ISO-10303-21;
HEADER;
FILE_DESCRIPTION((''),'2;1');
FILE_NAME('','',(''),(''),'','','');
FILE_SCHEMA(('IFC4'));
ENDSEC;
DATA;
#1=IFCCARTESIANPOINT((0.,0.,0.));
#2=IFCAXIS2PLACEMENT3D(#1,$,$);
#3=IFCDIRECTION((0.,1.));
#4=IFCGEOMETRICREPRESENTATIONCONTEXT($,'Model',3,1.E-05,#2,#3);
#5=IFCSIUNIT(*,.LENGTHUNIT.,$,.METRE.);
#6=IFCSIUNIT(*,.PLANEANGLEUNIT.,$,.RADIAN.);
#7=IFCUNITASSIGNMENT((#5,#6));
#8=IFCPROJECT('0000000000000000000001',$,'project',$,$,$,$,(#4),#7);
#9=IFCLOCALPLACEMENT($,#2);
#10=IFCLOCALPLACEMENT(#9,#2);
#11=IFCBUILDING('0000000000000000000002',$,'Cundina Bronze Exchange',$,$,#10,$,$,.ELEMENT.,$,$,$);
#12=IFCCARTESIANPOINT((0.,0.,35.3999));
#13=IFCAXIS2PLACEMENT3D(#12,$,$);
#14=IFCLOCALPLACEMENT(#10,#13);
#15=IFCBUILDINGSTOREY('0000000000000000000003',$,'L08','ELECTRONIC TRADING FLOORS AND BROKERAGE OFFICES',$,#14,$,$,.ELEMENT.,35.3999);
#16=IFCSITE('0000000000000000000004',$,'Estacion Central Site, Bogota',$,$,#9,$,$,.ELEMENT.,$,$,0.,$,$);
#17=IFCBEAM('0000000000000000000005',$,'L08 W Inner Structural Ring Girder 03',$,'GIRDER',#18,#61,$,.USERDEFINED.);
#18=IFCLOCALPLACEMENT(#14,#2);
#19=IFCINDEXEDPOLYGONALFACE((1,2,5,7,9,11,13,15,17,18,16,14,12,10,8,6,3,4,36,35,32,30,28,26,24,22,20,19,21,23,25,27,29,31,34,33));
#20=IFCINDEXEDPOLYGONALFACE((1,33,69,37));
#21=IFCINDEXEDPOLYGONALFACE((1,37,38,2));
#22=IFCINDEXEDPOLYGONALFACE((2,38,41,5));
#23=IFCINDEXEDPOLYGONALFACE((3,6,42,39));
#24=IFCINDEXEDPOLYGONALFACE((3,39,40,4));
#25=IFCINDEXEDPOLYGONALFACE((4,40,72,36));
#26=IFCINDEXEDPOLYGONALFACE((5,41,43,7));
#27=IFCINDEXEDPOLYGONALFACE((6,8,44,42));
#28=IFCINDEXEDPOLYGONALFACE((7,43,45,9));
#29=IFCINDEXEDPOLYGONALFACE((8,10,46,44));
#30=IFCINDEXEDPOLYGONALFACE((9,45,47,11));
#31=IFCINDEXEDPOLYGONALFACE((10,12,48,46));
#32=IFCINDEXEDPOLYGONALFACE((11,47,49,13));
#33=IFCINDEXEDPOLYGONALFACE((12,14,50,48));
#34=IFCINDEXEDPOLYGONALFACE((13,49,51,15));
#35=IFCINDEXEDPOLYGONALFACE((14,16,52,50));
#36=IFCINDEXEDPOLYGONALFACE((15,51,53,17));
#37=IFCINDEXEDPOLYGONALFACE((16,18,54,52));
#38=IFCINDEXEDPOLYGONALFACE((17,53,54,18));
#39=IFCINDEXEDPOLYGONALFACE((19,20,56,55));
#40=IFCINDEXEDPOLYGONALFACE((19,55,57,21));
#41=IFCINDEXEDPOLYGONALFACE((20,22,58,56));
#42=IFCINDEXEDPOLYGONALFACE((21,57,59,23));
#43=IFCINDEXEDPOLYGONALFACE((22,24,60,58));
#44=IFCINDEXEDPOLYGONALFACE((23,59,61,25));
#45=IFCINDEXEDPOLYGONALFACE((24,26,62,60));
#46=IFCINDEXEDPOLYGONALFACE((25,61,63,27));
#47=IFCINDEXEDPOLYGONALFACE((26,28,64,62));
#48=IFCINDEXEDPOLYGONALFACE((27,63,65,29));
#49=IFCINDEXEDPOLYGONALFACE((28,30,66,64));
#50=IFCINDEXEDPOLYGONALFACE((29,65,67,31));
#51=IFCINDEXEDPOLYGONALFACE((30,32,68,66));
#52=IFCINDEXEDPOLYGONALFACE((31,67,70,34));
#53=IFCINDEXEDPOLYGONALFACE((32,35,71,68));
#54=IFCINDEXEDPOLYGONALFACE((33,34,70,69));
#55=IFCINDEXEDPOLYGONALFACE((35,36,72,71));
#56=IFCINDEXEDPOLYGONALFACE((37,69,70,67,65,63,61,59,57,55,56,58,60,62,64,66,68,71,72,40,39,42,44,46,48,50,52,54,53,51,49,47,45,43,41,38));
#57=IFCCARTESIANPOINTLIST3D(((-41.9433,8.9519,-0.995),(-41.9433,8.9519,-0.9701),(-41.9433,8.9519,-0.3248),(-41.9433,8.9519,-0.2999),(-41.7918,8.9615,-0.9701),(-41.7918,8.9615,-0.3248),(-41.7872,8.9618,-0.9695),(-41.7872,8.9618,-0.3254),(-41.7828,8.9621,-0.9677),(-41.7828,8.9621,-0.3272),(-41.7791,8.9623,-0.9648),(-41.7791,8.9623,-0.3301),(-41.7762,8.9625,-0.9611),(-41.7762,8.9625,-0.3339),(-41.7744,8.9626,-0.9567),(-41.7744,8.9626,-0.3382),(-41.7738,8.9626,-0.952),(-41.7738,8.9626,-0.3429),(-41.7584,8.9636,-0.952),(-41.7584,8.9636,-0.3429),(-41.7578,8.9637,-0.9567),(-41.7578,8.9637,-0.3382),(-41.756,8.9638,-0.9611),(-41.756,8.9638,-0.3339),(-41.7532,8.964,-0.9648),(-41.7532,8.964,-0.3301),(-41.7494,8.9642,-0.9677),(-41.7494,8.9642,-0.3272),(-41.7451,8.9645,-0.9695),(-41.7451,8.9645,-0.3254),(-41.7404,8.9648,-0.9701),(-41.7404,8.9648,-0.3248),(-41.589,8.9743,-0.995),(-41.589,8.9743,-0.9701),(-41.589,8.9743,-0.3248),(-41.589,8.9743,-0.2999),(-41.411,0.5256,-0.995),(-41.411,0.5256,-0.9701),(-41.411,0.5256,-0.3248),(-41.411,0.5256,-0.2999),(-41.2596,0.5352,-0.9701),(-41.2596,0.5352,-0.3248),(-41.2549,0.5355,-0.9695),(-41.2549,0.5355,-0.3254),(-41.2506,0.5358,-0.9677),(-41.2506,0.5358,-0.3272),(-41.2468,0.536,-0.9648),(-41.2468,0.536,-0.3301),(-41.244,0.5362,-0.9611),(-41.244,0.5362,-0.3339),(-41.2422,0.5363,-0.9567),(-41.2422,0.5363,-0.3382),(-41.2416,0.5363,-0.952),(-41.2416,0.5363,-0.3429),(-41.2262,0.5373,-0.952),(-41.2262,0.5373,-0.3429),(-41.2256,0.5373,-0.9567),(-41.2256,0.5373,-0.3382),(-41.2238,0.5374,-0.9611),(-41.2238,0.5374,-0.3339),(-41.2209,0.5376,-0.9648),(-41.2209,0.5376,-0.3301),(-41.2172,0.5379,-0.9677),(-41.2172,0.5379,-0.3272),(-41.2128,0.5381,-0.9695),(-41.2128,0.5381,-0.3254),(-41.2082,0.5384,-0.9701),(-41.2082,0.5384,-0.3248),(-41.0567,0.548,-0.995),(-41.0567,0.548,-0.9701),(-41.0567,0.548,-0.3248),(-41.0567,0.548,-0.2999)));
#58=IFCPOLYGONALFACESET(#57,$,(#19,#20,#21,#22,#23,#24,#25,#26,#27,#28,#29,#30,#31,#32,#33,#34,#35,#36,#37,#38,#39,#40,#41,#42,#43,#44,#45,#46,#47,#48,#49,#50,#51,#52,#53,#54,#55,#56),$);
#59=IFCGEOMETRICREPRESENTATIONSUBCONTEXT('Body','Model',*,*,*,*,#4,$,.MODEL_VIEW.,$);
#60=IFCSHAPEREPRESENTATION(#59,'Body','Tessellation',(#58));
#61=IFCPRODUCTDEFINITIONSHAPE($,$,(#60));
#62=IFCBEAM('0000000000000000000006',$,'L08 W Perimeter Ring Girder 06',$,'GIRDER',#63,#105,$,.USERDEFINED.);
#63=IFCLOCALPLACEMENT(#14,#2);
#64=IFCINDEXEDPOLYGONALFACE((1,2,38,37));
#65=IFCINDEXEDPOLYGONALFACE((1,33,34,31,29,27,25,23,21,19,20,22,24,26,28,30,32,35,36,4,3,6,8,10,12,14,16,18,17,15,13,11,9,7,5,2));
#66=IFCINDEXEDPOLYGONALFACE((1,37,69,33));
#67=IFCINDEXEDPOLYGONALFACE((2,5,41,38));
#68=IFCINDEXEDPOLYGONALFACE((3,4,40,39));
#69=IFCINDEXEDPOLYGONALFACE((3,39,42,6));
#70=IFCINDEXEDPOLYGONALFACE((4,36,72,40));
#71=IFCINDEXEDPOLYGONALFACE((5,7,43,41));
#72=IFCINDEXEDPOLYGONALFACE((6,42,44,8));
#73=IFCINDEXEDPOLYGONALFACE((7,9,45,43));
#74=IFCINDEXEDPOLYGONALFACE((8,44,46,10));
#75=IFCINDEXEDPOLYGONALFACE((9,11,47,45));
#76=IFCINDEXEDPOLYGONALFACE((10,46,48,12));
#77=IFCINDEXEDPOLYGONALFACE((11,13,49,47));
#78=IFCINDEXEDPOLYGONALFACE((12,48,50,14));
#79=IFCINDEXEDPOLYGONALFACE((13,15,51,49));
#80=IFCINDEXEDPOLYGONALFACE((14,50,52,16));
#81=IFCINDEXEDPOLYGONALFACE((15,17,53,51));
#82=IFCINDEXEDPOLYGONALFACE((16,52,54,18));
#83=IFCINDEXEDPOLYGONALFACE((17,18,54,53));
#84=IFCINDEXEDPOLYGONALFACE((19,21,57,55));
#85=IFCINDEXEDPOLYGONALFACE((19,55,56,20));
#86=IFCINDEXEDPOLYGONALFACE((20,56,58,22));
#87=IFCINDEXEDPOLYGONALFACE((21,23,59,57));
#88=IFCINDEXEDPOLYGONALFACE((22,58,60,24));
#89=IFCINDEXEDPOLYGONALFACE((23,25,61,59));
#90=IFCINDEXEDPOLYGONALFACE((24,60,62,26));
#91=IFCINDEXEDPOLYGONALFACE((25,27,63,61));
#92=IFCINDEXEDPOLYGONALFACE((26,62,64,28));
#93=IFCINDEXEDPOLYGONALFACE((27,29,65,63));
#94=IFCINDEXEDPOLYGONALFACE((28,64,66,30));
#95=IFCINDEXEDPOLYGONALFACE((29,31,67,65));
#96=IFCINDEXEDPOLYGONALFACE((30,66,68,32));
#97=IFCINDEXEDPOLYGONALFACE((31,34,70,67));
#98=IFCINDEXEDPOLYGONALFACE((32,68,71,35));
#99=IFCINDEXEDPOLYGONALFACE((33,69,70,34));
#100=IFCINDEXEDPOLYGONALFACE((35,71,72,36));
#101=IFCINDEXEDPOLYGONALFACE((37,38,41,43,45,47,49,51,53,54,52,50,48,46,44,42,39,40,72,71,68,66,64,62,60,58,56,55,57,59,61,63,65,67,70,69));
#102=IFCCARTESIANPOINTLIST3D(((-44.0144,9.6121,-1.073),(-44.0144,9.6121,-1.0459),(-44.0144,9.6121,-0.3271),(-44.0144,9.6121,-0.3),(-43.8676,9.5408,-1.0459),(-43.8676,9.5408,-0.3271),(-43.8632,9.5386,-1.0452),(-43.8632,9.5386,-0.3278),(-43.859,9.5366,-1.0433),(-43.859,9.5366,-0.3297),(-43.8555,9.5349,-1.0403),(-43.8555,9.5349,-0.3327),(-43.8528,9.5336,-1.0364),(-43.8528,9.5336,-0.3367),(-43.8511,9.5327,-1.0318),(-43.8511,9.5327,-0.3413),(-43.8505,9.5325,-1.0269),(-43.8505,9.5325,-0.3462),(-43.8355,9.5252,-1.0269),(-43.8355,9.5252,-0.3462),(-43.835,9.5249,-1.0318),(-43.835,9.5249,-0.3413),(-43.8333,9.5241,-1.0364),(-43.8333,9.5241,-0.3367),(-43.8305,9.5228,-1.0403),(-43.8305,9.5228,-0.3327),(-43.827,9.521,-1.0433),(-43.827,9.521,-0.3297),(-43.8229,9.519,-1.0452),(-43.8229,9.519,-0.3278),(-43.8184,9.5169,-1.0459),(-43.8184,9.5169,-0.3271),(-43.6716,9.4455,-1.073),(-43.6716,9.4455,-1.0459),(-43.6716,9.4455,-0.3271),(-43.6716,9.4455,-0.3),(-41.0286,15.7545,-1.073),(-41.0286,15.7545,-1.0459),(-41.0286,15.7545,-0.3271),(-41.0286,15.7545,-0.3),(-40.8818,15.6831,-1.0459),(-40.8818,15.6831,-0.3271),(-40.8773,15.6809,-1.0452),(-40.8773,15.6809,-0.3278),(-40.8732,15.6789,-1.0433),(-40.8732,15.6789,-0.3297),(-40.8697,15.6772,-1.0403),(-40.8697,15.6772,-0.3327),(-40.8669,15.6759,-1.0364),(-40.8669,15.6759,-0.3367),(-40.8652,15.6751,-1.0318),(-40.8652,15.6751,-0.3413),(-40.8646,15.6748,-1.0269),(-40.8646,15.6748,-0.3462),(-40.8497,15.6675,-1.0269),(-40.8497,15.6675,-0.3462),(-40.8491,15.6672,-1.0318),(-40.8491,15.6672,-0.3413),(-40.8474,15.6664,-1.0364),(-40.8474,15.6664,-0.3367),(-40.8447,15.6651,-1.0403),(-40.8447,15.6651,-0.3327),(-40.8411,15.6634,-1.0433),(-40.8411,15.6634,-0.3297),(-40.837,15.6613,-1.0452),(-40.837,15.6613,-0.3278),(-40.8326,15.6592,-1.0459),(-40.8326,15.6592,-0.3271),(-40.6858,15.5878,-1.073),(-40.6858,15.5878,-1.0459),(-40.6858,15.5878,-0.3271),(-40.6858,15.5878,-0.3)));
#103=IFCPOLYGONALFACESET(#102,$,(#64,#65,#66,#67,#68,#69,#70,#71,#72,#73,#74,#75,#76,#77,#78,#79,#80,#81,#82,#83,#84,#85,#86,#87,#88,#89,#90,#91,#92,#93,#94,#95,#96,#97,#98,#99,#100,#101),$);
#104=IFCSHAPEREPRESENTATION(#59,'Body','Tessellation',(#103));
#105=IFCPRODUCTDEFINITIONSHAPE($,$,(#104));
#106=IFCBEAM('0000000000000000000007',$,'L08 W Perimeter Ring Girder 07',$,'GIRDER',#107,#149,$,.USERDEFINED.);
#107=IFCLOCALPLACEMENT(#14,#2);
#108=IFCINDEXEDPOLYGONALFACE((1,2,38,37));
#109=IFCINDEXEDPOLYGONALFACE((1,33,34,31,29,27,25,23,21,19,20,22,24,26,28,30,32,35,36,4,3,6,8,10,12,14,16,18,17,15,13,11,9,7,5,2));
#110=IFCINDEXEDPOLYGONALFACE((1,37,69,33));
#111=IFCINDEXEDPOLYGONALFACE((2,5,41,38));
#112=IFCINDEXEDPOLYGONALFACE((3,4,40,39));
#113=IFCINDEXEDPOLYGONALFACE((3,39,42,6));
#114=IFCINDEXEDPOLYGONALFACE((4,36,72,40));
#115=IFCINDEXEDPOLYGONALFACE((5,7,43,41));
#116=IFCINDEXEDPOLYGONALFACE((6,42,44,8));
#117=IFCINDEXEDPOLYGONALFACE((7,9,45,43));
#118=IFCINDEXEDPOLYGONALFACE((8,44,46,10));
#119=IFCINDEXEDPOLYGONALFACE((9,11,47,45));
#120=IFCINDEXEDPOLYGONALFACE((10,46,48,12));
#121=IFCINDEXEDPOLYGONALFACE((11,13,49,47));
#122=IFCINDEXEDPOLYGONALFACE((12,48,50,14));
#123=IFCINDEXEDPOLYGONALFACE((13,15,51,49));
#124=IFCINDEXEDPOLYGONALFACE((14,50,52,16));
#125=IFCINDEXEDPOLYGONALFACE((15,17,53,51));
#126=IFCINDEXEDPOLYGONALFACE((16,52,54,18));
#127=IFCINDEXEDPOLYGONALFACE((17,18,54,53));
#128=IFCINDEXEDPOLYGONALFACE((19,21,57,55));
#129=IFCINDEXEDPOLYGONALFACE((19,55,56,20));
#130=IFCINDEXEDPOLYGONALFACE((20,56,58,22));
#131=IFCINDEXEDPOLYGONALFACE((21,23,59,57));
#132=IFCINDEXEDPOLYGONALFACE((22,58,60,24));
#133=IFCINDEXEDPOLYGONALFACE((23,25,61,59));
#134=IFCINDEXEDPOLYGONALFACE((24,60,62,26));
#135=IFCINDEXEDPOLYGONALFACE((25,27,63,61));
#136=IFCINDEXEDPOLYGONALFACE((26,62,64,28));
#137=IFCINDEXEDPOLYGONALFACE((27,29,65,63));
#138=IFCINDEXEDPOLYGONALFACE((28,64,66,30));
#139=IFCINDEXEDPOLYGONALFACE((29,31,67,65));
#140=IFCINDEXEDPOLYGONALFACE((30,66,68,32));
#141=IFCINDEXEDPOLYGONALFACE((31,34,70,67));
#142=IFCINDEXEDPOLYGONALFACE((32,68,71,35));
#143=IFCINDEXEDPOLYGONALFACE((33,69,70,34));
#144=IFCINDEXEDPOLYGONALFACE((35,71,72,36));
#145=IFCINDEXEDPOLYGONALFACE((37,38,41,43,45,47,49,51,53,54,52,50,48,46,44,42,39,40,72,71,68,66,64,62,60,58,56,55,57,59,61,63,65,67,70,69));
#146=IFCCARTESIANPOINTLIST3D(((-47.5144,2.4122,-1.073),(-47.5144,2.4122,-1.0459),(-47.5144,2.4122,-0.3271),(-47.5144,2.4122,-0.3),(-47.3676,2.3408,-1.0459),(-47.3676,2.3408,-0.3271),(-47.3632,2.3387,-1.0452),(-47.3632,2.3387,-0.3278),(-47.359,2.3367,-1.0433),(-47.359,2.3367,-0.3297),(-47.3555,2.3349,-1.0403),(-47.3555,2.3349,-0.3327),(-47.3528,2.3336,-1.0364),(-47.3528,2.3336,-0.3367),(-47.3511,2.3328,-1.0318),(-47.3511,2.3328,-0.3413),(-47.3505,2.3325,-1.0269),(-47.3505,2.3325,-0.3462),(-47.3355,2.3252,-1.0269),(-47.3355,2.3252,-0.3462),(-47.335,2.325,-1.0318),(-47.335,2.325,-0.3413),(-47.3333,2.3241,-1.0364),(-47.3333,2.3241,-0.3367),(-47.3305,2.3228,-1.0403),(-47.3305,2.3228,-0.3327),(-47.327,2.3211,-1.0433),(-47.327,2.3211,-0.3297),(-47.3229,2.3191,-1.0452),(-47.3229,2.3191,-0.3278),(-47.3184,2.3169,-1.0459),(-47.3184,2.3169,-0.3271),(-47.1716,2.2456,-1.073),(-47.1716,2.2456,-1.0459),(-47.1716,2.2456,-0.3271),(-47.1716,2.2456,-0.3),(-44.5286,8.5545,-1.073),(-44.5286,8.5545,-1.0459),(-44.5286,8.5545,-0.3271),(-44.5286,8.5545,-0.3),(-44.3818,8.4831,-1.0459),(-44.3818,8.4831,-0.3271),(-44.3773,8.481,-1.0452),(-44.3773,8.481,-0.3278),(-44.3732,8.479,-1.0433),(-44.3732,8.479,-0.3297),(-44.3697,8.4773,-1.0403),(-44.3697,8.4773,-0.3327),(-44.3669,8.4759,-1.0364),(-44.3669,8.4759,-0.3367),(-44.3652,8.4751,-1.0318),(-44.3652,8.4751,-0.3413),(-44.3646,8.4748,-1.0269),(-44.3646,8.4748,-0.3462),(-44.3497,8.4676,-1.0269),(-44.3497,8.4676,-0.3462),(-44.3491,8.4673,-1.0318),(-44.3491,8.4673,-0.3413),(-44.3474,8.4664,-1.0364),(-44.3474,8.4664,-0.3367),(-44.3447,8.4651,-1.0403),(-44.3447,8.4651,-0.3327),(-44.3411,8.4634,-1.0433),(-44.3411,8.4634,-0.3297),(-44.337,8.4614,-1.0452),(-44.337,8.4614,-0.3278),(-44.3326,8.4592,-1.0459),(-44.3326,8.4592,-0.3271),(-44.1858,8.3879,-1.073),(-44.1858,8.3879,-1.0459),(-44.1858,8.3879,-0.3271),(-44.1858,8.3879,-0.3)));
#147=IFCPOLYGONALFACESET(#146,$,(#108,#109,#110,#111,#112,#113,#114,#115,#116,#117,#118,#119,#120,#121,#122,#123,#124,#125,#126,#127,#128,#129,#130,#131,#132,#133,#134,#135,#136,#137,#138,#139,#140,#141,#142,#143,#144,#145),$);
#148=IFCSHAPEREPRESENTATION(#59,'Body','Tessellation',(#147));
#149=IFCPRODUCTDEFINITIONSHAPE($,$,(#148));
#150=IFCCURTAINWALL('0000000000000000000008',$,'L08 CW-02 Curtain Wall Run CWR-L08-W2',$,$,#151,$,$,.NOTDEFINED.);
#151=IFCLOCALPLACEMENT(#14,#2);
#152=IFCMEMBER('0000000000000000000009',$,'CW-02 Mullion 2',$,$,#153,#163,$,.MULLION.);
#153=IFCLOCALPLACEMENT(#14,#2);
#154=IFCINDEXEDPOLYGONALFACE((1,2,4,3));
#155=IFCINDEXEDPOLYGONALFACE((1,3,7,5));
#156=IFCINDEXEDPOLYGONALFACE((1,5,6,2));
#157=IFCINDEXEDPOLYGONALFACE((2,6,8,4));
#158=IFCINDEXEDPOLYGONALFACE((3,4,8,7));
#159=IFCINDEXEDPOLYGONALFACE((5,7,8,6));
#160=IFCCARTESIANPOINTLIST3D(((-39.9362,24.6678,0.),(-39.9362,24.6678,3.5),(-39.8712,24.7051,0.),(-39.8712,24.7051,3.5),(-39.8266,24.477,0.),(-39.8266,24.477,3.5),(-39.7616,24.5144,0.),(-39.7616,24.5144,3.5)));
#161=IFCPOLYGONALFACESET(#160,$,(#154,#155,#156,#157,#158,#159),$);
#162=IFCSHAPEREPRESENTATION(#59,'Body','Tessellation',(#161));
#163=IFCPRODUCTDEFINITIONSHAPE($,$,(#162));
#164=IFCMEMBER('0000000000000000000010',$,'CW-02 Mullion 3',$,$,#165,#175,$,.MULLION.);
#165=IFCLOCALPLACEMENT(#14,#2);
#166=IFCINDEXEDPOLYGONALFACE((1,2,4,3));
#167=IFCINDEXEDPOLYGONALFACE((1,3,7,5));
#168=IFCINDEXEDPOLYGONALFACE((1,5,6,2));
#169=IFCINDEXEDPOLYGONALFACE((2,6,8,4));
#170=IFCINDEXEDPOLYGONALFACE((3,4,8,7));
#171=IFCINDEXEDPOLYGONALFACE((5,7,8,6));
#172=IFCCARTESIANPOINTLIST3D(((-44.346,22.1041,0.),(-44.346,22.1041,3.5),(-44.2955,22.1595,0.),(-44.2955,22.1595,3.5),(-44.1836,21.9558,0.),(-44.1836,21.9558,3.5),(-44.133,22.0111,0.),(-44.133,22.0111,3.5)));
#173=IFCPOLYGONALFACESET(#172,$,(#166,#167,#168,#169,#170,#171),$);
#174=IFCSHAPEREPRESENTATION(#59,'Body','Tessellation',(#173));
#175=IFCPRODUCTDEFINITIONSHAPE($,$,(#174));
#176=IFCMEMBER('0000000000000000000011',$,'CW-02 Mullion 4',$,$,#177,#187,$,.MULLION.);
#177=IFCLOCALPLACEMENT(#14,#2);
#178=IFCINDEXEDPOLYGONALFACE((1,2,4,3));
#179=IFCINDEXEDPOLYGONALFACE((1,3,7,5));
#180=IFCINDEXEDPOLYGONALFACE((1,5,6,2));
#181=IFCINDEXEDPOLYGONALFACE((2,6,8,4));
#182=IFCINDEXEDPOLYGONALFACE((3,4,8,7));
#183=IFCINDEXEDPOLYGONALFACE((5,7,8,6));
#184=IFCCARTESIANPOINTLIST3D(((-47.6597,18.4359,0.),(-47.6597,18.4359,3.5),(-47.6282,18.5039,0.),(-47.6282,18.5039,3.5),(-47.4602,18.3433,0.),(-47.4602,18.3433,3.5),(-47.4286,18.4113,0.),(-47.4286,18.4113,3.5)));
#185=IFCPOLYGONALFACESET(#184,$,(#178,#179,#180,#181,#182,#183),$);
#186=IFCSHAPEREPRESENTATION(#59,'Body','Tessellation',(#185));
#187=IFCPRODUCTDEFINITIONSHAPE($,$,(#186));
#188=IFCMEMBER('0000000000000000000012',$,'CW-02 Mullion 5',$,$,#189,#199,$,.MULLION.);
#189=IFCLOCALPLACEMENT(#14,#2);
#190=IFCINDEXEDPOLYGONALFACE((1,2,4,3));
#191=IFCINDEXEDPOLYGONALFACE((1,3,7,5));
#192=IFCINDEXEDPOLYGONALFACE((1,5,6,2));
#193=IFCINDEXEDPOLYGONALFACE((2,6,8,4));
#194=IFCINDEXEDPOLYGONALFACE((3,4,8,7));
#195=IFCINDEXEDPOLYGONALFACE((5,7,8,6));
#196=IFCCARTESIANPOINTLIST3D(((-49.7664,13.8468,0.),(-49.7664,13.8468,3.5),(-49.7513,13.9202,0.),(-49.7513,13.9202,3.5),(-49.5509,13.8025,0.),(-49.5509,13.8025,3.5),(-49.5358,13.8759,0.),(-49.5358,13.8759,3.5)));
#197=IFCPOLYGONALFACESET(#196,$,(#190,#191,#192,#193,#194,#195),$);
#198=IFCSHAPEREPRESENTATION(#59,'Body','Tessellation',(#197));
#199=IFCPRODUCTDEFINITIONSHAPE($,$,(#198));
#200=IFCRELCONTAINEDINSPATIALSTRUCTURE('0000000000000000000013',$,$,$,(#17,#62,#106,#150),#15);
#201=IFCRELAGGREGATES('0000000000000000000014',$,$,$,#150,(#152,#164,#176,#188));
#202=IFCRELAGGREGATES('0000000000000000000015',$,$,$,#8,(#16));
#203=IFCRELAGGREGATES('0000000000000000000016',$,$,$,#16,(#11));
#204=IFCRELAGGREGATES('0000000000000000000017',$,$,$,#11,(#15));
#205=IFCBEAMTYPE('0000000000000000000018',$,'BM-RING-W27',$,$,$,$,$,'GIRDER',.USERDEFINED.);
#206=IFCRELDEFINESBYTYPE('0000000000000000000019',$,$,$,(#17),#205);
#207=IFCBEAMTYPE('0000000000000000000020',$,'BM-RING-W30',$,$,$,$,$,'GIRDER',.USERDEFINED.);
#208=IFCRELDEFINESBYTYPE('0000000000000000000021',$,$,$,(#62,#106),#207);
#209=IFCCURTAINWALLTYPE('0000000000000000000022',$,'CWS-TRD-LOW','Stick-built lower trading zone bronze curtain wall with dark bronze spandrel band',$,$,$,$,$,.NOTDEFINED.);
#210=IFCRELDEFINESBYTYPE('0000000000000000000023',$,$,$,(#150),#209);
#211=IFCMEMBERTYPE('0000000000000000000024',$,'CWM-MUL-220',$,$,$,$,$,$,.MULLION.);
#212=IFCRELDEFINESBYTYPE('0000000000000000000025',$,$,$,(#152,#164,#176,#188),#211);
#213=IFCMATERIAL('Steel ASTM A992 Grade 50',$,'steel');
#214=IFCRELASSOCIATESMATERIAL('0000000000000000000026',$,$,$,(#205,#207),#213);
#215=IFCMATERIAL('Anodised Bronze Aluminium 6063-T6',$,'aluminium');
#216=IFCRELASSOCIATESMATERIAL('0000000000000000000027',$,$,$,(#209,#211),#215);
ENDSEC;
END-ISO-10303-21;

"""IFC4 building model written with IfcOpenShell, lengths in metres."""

from ifc_helpers import new_model, si_unit, direction, frame, origin, origin_2d, place, context, subcontext, project, spatial, rectangle, i_section, extrude, material, material_profile, profile_set, type_object, element, aggregate, save


model = new_model("IFC4")

# Units and contexts
model_context = context("Model", 3, precision=1e-05, world=origin(), true_north=direction((0.0, 1.0)))
body_context = subcontext(model_context, "Body", "Model", "MODEL_VIEW")
ifc_project = project(units=[si_unit("LENGTHUNIT", "METRE"), si_unit("PLANEANGLEUNIT", "RADIAN")], contexts=[model_context])

# Site, building, storey
site_placement = place(None, origin())
site = spatial("IfcSite", under=ifc_project, at=site_placement, Name="Estacion Central Site, Bogota", CompositionType="ELEMENT", RefElevation=0.0)
building_placement = place(site_placement, origin())
building = spatial("IfcBuilding", under=site, at=building_placement, Name="Cundina Bronze Exchange", CompositionType="ELEMENT")
storey_placement = place(building_placement, frame((0.0, 0.0, 35.3999)))
storey = spatial("IfcBuildingStorey", under=building, at=storey_placement, Name="L08", Description="ELECTRONIC TRADING FLOORS AND BROKERAGE OFFICES", CompositionType="ELEMENT", Elevation=35.3999)

# Beams
ifc_material_1 = material(Name="Steel ASTM A992 Grade 50", Category="steel")
ifc_material_profile_1 = material_profile(ifc_material_1, i_section(OverallWidth=0.355, OverallDepth=0.6951, WebThickness=0.0154, FlangeThickness=0.0249, FilletRadius=0.0181, at=origin_2d()), Name="W27X146", Category="steel")
ifc_profile_set_1 = profile_set([ifc_material_profile_1], Name="Steel ASTM A992 Grade 50")
beam_type_1 = type_object("IfcBeamType", Name="BM-RING-W27", ElementType="GIRDER", PredefinedType="USERDEFINED", material=ifc_profile_set_1)
beam_1_placement = place(storey_placement, frame((-41.7661, 8.9631, -0.6475), z_axis=(0.063037, -0.998011, 0.0), x_axis=(0.998011, 0.063037, 0.0)))
element("IfcBeam", 1, at=beam_1_placement, inside=storey, type_object=beam_type_1, Name="L08 W Inner Structural Ring Girder 03", ObjectType="GIRDER", PredefinedType="USERDEFINED", context=body_context, shape_type="SweptSolid", body=[
    extrude(i_section(OverallWidth=0.355, OverallDepth=0.6951, WebThickness=0.0154, FlangeThickness=0.0249, FilletRadius=0.0181, at=origin_2d()), origin(), (0.0, 0.0, 1.0), 8.4431),
])
ifc_material_profile_2 = material_profile(ifc_material_1, i_section(OverallWidth=0.3811, OverallDepth=0.7729, WebThickness=0.0166, FlangeThickness=0.0271, FilletRadius=0.019, at=origin_2d()), Name="W30X173", Category="steel")
ifc_profile_set_2 = profile_set([ifc_material_profile_2], Name="Steel ASTM A992 Grade 50")
beam_type_2 = type_object("IfcBeamType", Name="BM-RING-W30", ElementType="GIRDER", PredefinedType="USERDEFINED", material=ifc_profile_set_2)
for number, where, z_axis, x_axis, name in (
    (2, (-40.8572, 15.6711, -0.6865), (-0.437191, -0.899369, 0.0), (0.899369, -0.437191, 0.0), "L08 W Perimeter Ring Girder 06"),
    (3, (-44.3572, 8.4712, -0.6865), (-0.437191, -0.899369, 0.0), (0.899369, -0.437191, 0.0), "L08 W Perimeter Ring Girder 07"),
):
    element("IfcBeam", number, at=place(storey_placement, frame(where, z_axis=z_axis, x_axis=x_axis)), inside=storey, type_object=beam_type_2, Name=name, ObjectType="GIRDER", PredefinedType="USERDEFINED", context=body_context, shape_type="SweptSolid", body=[
        extrude(i_section(OverallWidth=0.3811, OverallDepth=0.7729, WebThickness=0.0166, FlangeThickness=0.0271, FilletRadius=0.019, at=origin_2d()), origin(), (0.0, 0.0, 1.0), 6.8296),
    ])

# Curtain wall, members
ifc_material_2 = material(Name="Anodised Bronze Aluminium 6063-T6", Category="aluminium")
curtain_wall_type = type_object("IfcCurtainWallType", Name="CWS-TRD-LOW", Description="Stick-built lower trading zone bronze curtain wall with dark bronze spandrel band", PredefinedType="NOTDEFINED", material=ifc_material_2)
curtain_wall_placement = place(storey_placement, origin())
curtain_wall = element("IfcCurtainWall", 4, at=curtain_wall_placement, inside=storey, type_object=curtain_wall_type, Name="L08 CW-02 Curtain Wall Run CWR-L08-W2", PredefinedType="NOTDEFINED")
ifc_material_profile_3 = material_profile(ifc_material_2, rectangle(XDim=0.075, YDim=0.22, at=origin_2d()), Name="AL75X220", Category="aluminium")
ifc_profile_set_3 = profile_set([ifc_material_profile_3], Name="Anodised Bronze Aluminium 6063-T6")
member_type_1 = type_object("IfcMemberType", Name="CWM-MUL-220", PredefinedType="MULLION", material=ifc_profile_set_3)
member_1_placement = place(storey_placement, frame((-39.8489, 24.5911, 0.0), z_axis=(0.0, 0.0, 1.0), x_axis=(-0.867071, -0.498185, 0.0)))
member_1 = element("IfcMember", 5, at=member_1_placement, type_object=member_type_1, Name="CW-02 Mullion 2", PredefinedType="MULLION", context=body_context, shape_type="SweptSolid", body=[
    extrude(rectangle(XDim=0.075, YDim=0.22, at=origin_2d()), origin(), (0.0, 0.0, 1.0), 3.5),
])
member_2_placement = place(storey_placement, frame((-44.2395, 22.0576, 0.0), z_axis=(0.0, 0.0, 1.0), x_axis=(-0.674302, -0.738455, 0.0)))
member_2 = element("IfcMember", 6, at=member_2_placement, type_object=member_type_1, Name="CW-02 Mullion 3", PredefinedType="MULLION", context=body_context, shape_type="SweptSolid", body=[
    extrude(rectangle(XDim=0.075, YDim=0.22, at=origin_2d()), origin(), (0.0, 0.0, 1.0), 3.5),
])
member_3_placement = place(storey_placement, frame((-47.5442, 18.4236, 0.0), z_axis=(0.0, 0.0, 1.0), x_axis=(-0.420877, -0.907117, 0.0)))
member_3 = element("IfcMember", 7, at=member_3_placement, type_object=member_type_1, Name="CW-02 Mullion 4", PredefinedType="MULLION", context=body_context, shape_type="SweptSolid", body=[
    extrude(rectangle(XDim=0.075, YDim=0.22, at=origin_2d()), origin(), (0.0, 0.0, 1.0), 3.5),
])
member_4_placement = place(storey_placement, frame((-49.6511, 13.8613, 0.0), z_axis=(0.0, 0.0, 1.0), x_axis=(-0.20142, -0.979505, 0.0)))
member_4 = element("IfcMember", 8, at=member_4_placement, type_object=member_type_1, Name="CW-02 Mullion 5", PredefinedType="MULLION", context=body_context, shape_type="SweptSolid", body=[
    extrude(rectangle(XDim=0.075, YDim=0.22, at=origin_2d()), origin(), (0.0, 0.0, 1.0), 3.5),
])
aggregate(curtain_wall, [member_1, member_2, member_3, member_4])

save(model, "model.ifc")
